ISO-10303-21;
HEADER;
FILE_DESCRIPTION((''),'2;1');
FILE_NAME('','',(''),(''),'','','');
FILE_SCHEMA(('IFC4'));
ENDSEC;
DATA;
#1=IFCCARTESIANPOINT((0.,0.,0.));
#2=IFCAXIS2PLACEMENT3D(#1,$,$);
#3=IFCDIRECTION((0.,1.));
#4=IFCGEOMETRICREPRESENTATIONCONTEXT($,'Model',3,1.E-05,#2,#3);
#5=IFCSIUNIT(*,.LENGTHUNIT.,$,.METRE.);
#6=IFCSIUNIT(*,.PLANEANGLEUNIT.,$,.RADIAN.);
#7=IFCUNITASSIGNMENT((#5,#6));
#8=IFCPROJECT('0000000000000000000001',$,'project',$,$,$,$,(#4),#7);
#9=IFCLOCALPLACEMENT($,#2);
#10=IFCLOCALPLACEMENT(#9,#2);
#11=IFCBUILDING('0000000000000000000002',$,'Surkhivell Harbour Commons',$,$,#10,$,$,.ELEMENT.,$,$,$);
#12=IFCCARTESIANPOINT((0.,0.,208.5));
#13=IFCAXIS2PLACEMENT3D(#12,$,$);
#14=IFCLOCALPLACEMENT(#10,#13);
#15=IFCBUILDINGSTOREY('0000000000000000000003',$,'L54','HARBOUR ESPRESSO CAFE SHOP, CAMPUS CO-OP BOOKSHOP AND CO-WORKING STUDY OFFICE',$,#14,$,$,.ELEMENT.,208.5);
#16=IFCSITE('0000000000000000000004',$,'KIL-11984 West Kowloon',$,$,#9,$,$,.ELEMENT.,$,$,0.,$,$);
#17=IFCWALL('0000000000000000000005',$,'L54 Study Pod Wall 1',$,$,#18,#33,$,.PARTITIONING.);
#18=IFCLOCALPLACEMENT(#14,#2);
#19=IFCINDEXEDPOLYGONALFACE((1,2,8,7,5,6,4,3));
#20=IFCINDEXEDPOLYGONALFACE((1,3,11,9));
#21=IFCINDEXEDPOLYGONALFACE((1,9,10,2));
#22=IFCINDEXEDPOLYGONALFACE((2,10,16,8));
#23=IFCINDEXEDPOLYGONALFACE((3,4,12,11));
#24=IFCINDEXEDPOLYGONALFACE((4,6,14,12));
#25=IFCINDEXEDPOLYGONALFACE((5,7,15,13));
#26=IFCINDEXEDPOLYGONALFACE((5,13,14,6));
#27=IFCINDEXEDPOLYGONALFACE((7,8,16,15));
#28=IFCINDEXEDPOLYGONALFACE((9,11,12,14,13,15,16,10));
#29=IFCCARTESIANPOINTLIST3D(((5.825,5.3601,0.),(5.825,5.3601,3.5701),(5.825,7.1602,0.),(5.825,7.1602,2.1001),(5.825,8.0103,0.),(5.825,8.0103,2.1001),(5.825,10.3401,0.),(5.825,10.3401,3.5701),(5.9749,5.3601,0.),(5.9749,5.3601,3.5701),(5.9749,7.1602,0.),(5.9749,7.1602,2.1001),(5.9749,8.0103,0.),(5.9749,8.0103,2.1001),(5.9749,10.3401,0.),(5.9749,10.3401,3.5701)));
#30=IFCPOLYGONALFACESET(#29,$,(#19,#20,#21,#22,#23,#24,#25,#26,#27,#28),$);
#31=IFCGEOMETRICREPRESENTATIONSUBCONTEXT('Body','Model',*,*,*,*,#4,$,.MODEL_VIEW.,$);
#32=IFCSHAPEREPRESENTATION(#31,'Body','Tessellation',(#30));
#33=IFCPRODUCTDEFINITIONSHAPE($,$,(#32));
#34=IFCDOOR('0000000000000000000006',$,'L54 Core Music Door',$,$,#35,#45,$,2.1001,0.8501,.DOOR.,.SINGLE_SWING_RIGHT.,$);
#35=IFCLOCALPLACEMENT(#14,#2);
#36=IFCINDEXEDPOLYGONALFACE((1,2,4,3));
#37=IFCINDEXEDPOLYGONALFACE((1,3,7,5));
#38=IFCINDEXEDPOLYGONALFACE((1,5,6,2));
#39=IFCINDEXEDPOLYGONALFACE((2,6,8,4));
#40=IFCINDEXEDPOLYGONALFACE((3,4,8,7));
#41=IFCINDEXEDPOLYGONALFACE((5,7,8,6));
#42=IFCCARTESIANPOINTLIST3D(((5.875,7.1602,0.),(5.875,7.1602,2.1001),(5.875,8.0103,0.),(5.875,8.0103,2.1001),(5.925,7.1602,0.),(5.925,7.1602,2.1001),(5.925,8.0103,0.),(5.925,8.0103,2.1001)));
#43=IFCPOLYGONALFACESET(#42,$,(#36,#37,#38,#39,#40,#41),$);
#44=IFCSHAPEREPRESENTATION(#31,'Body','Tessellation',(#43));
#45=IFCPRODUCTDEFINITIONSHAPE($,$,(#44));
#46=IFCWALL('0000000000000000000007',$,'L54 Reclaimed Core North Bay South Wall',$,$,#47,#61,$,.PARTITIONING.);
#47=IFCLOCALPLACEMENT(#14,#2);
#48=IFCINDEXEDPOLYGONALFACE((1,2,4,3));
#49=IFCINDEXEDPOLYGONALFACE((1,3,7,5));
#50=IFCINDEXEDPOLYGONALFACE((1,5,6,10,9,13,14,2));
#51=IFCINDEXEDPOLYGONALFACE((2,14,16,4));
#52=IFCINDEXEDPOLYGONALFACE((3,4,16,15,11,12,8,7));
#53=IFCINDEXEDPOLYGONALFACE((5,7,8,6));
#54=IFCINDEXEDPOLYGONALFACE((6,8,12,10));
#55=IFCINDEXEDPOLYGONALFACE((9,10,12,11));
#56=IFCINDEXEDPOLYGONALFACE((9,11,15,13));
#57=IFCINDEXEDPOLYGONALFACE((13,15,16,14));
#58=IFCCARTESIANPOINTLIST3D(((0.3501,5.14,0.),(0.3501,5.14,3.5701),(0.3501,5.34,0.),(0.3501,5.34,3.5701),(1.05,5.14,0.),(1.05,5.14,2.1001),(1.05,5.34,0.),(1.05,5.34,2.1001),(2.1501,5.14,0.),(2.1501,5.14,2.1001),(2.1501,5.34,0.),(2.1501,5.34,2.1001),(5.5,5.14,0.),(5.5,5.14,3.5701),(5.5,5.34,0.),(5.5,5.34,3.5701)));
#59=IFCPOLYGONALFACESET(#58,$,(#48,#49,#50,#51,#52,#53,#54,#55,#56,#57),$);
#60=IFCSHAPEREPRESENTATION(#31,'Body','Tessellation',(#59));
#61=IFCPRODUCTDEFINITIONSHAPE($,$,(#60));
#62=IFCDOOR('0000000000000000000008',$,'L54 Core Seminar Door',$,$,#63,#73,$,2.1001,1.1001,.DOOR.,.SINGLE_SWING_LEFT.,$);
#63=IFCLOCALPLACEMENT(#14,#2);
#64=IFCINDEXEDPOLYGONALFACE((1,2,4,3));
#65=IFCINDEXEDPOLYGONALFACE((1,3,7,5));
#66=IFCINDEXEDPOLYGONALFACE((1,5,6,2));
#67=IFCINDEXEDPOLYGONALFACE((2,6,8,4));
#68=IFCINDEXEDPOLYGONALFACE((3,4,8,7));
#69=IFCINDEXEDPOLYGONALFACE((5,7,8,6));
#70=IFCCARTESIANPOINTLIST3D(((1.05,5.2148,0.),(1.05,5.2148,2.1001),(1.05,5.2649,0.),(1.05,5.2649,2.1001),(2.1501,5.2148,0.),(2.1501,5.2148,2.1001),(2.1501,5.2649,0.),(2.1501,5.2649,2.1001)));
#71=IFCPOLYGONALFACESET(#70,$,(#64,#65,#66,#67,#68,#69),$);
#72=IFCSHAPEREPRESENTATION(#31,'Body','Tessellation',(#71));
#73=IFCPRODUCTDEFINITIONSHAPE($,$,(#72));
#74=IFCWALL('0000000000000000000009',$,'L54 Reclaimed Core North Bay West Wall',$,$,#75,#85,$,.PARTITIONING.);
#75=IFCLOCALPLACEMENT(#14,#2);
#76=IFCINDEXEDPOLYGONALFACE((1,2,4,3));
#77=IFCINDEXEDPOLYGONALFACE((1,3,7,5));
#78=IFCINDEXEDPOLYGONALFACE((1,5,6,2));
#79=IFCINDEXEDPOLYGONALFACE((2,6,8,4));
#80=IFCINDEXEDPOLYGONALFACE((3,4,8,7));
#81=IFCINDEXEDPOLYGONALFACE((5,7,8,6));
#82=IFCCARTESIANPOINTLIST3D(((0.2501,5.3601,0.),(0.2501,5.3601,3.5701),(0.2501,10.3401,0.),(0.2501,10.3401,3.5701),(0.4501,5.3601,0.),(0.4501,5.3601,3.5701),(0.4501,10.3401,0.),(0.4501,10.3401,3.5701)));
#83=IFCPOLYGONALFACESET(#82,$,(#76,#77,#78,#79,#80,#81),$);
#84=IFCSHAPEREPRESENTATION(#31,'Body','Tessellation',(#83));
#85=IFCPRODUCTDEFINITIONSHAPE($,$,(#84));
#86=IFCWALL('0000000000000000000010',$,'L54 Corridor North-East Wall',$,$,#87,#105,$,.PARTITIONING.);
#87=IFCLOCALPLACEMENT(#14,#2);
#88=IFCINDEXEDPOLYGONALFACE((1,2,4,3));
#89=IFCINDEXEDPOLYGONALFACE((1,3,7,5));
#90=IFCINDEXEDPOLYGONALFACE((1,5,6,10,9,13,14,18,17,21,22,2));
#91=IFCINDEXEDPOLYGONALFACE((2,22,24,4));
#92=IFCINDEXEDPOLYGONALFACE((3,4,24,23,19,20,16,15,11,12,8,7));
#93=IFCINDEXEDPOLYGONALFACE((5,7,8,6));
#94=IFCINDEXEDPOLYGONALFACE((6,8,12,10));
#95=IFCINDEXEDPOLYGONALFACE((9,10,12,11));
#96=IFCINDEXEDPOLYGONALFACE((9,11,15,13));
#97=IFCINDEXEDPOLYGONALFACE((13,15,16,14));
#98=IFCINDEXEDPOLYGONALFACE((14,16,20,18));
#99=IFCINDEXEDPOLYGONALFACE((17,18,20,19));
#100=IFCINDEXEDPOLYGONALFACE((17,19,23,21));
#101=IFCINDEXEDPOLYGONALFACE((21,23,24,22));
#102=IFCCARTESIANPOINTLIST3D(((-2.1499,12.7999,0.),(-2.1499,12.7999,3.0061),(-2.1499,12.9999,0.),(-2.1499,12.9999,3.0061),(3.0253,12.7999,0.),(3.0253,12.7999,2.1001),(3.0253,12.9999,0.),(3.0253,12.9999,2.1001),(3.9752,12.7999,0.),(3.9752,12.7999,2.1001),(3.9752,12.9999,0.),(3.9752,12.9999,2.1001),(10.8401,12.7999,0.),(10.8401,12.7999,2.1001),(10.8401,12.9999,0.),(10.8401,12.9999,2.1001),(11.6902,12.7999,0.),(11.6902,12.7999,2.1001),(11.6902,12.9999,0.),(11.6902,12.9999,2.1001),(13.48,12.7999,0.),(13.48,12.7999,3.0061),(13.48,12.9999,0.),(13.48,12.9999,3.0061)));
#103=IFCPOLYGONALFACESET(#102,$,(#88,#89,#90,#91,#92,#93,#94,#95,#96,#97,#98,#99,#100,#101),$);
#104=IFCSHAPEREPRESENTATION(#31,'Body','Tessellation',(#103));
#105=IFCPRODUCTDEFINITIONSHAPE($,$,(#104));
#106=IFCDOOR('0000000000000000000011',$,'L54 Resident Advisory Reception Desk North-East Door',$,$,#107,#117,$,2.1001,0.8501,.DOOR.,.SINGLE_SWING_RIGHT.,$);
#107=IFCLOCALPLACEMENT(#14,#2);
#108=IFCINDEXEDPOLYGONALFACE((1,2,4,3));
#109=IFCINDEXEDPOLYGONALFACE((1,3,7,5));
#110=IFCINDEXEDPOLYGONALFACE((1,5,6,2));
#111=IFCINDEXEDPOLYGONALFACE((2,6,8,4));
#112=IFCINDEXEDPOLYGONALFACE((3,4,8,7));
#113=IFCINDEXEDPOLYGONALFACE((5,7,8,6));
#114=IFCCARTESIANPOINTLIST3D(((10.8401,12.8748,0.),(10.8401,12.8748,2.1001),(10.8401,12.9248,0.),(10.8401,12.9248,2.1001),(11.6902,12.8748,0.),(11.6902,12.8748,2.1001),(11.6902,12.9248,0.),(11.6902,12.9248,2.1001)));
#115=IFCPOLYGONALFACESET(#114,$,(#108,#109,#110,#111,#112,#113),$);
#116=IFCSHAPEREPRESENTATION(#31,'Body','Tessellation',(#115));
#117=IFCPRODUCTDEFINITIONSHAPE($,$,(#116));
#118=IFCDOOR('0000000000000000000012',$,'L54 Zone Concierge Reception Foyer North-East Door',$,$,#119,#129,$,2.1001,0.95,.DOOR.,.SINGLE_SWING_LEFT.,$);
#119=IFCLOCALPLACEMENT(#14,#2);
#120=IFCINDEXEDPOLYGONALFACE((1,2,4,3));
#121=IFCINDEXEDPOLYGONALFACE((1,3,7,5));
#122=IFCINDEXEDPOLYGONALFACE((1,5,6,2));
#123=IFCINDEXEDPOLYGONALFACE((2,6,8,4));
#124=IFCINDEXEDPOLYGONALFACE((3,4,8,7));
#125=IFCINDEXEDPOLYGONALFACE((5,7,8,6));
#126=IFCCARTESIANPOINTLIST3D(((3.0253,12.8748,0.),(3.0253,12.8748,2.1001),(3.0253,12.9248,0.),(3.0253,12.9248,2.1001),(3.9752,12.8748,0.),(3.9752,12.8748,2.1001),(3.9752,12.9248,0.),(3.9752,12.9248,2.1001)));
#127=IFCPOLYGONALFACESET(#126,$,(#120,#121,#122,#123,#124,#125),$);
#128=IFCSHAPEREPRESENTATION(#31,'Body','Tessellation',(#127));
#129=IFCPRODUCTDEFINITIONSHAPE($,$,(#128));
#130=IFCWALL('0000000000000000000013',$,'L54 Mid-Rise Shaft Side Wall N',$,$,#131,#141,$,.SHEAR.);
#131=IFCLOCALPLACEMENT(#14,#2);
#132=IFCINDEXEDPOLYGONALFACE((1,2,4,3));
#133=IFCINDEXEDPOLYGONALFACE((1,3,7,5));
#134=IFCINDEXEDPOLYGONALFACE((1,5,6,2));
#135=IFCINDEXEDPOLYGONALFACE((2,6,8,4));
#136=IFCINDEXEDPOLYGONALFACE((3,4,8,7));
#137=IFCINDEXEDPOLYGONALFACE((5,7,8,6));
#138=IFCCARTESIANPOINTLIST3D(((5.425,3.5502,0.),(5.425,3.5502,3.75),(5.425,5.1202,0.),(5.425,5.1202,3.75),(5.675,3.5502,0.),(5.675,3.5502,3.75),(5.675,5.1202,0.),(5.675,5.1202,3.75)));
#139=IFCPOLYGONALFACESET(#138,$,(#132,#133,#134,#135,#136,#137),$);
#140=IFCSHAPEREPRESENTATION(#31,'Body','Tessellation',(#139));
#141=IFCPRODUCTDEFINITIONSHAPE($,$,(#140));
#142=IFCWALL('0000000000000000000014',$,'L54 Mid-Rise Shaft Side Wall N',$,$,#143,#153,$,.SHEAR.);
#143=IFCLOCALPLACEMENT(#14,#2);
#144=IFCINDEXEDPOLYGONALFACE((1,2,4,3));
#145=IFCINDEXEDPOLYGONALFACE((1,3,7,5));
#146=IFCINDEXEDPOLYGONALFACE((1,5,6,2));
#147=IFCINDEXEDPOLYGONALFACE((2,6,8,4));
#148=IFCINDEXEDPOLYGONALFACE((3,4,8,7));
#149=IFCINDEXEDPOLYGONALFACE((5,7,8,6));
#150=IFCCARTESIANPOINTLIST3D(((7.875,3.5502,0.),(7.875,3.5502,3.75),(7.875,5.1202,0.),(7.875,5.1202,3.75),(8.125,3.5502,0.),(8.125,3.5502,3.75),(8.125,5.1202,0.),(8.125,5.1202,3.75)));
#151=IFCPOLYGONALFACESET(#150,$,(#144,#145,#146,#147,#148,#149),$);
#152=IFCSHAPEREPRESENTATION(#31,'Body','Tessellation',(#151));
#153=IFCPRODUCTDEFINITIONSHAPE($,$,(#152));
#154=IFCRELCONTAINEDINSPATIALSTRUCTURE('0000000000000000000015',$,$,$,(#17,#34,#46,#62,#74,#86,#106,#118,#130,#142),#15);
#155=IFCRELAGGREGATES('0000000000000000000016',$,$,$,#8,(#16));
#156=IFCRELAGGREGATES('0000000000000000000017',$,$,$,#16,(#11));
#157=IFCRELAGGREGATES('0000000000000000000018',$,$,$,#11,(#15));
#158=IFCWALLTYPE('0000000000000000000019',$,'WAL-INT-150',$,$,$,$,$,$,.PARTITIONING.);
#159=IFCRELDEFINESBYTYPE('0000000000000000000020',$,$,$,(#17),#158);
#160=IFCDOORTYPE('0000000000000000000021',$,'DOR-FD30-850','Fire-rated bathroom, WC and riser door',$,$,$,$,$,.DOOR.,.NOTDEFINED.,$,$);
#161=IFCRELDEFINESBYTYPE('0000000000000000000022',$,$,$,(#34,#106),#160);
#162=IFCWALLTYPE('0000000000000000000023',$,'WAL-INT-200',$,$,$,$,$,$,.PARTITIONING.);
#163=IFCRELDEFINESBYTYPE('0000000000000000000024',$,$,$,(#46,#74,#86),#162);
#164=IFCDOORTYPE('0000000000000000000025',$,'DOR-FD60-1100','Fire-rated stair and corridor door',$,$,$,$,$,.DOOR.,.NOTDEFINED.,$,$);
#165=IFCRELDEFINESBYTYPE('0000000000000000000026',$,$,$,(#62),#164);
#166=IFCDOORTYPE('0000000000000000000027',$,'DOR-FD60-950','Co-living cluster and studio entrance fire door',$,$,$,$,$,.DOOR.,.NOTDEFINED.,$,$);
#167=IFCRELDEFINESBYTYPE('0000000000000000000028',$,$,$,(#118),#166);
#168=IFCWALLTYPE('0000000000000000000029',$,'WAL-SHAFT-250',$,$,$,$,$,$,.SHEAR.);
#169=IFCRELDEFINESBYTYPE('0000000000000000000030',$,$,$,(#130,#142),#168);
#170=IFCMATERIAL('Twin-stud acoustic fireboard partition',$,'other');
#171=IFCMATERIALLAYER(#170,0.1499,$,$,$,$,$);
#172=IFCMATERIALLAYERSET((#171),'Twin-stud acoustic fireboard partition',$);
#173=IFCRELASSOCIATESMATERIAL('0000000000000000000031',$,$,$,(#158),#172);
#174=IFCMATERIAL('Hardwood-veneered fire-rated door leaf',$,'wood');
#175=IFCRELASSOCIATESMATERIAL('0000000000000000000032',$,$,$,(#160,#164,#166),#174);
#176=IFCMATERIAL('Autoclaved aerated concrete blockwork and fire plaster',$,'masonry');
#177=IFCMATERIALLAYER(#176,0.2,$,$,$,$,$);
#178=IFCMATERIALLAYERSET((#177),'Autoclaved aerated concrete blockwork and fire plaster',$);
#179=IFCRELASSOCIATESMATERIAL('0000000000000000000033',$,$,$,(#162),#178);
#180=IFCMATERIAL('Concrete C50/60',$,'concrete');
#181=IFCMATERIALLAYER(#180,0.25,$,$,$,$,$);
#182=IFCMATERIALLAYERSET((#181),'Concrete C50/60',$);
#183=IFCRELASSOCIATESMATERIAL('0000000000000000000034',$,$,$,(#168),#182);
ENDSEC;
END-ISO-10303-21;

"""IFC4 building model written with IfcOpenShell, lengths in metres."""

from ifc_helpers import new_model, si_unit, direction, frame, frame_2d, origin, place, context, subcontext, project, spatial, rectangle, extrude, material, layer, layer_set, type_object, element, fill, save


model = new_model("IFC4")

# Units and contexts
model_context = context("Model", 3, precision=1e-05, world=origin(), true_north=direction((0.0, 1.0)))
body_context = subcontext(model_context, "Body", "Model", "MODEL_VIEW")
ifc_project = project(units=[si_unit("LENGTHUNIT", "METRE"), si_unit("PLANEANGLEUNIT", "RADIAN")], contexts=[model_context])

# Site, building, storey
site_placement = place(None, origin())
site = spatial("IfcSite", under=ifc_project, at=site_placement, Name="KIL-11984 West Kowloon", CompositionType="ELEMENT", RefElevation=0.0)
building_placement = place(site_placement, origin())
building = spatial("IfcBuilding", under=site, at=building_placement, Name="Surkhivell Harbour Commons", CompositionType="ELEMENT")
storey_placement = place(building_placement, frame((0.0, 0.0, 208.5)))
storey = spatial("IfcBuildingStorey", under=building, at=storey_placement, Name="L54", Description="HARBOUR ESPRESSO CAFE SHOP, CAMPUS CO-OP BOOKSHOP AND CO-WORKING STUDY OFFICE", CompositionType="ELEMENT", Elevation=208.5)

# Shared definitions
ifc_material_1 = material(Name="Twin-stud acoustic fireboard partition", Category="other")
ifc_layer_1 = layer(ifc_material_1, 0.1499)
ifc_layer_set_1 = layer_set([ifc_layer_1], Name="Twin-stud acoustic fireboard partition")
wall_type_1 = type_object("IfcWallType", Name="WAL-INT-150", PredefinedType="PARTITIONING", material=ifc_layer_set_1)
ifc_material_2 = material(Name="Hardwood-veneered fire-rated door leaf", Category="wood")
door_type_1 = type_object("IfcDoorType", Name="DOR-FD30-850", Description="Fire-rated bathroom, WC and riser door", OperationType="NOTDEFINED", PredefinedType="DOOR", material=ifc_material_2)

# Walls, openings, doors
wall_1_placement = place(storey_placement, frame((5.8999, 5.3601, 0.0), z_axis=(0.0, 0.0, 1.0), x_axis=(0.0, 1.0, 0.0)))
wall_1 = element("IfcWall", 1, at=wall_1_placement, inside=storey, type_object=wall_type_1, Name="L54 Study Pod Wall 1", PredefinedType="PARTITIONING", context=body_context, shape_type="SweptSolid", body=[
    extrude(rectangle(XDim=4.98, YDim=0.1499, at=frame_2d((2.49, 0.0))), origin(), (0.0, 0.0, 1.0), 3.5701),
])
opening_1_placement = place(wall_1_placement, frame((1.8, 0.0, 0.0)))
opening_1 = element("IfcOpeningElement", 2, at=opening_1_placement, cuts=wall_1, PredefinedType="OPENING", context=body_context, shape_type="SweptSolid", body=[
    extrude(rectangle(XDim=0.8501, YDim=2.1001, at=frame_2d((0.425, 1.05))), frame((0.0, 0.085, 0.0), z_axis=(0.0, -1.0, 0.0), x_axis=(1.0, 0.0, 0.0)), (0.0, 0.0, 1.0), 0.1699),
])
door_1_placement = place(opening_1_placement, origin())
door_1 = element("IfcDoor", 3, at=door_1_placement, inside=storey, type_object=door_type_1, Name="L54 Core Music Door", OperationType="SINGLE_SWING_RIGHT", OverallHeight=2.1001, OverallWidth=0.8501, PredefinedType="DOOR", context=body_context, shape_type="SweptSolid", body=[
    extrude(rectangle(XDim=0.8501, YDim=2.1001, at=frame_2d((0.425, 1.05))), frame((0.0, 0.0249, 0.0), z_axis=(0.0, -1.0, 0.0), x_axis=(1.0, 0.0, 0.0)), (0.0, 0.0, 1.0), 0.05),
])
fill(opening_1, door_1)
ifc_material_3 = material(Name="Autoclaved aerated concrete blockwork and fire plaster", Category="masonry")
ifc_layer_2 = layer(ifc_material_3, 0.2)
ifc_layer_set_2 = layer_set([ifc_layer_2], Name="Autoclaved aerated concrete blockwork and fire plaster")
wall_type_2 = type_object("IfcWallType", Name="WAL-INT-200", PredefinedType="PARTITIONING", material=ifc_layer_set_2)
wall_2_placement = place(storey_placement, frame((0.3501, 5.24, 0.0), z_axis=(0.0, 0.0, 1.0), x_axis=(1.0, 0.0, 0.0)))
wall_2 = element("IfcWall", 4, at=wall_2_placement, inside=storey, type_object=wall_type_2, Name="L54 Reclaimed Core North Bay South Wall", PredefinedType="PARTITIONING", context=body_context, shape_type="SweptSolid", body=[
    extrude(rectangle(XDim=5.1499, YDim=0.2, at=frame_2d((2.575, 0.0))), origin(), (0.0, 0.0, 1.0), 3.5701),
])
opening_2_placement = place(wall_2_placement, frame((0.7, 0.0, 0.0)))
opening_2 = element("IfcOpeningElement", 5, at=opening_2_placement, cuts=wall_2, PredefinedType="OPENING", context=body_context, shape_type="SweptSolid", body=[
    extrude(rectangle(XDim=1.1001, YDim=2.1001, at=frame_2d((0.55, 1.05))), frame((0.0, 0.1099, 0.0), z_axis=(0.0, -1.0, 0.0), x_axis=(1.0, 0.0, 0.0)), (0.0, 0.0, 1.0), 0.22),
])
door_type_2 = type_object("IfcDoorType", Name="DOR-FD60-1100", Description="Fire-rated stair and corridor door", OperationType="NOTDEFINED", PredefinedType="DOOR", material=ifc_material_2)
door_2_placement = place(opening_2_placement, origin())
door_2 = element("IfcDoor", 6, at=door_2_placement, inside=storey, type_object=door_type_2, Name="L54 Core Seminar Door", OperationType="SINGLE_SWING_LEFT", OverallHeight=2.1001, OverallWidth=1.1001, PredefinedType="DOOR", context=body_context, shape_type="SweptSolid", body=[
    extrude(rectangle(XDim=1.1001, YDim=2.1001, at=frame_2d((0.55, 1.05))), frame((0.0, 0.0249, 0.0), z_axis=(0.0, -1.0, 0.0), x_axis=(1.0, 0.0, 0.0)), (0.0, 0.0, 1.0), 0.05),
])
fill(opening_2, door_2)

# Wall
wall_3_placement = place(storey_placement, frame((0.3501, 5.3601, 0.0), z_axis=(0.0, 0.0, 1.0), x_axis=(0.0, 1.0, 0.0)))
element("IfcWall", 7, at=wall_3_placement, inside=storey, type_object=wall_type_2, Name="L54 Reclaimed Core North Bay West Wall", PredefinedType="PARTITIONING", context=body_context, shape_type="SweptSolid", body=[
    extrude(rectangle(XDim=4.98, YDim=0.2, at=frame_2d((2.49, 0.0))), origin(), (0.0, 0.0, 1.0), 3.5701),
])

# Wall, openings, doors
wall_4_placement = place(storey_placement, frame((-2.1499, 12.8999, 0.0), z_axis=(0.0, 0.0, 1.0), x_axis=(1.0, 0.0, 0.0)))
wall_4 = element("IfcWall", 8, at=wall_4_placement, inside=storey, type_object=wall_type_2, Name="L54 Corridor North-East Wall", PredefinedType="PARTITIONING", context=body_context, shape_type="SweptSolid", body=[
    extrude(rectangle(XDim=15.6299, YDim=0.2, at=frame_2d((7.8149, 0.0))), origin(), (0.0, 0.0, 1.0), 3.0061),
])
opening_3_placement = place(wall_4_placement, frame((5.175, 0.0, 0.0)))
opening_3 = element("IfcOpeningElement", 9, at=opening_3_placement, cuts=wall_4, PredefinedType="OPENING", context=body_context, shape_type="SweptSolid", body=[
    extrude(rectangle(XDim=0.95, YDim=2.1001, at=frame_2d((0.4751, 1.05))), frame((0.0, 0.1099, 0.0), z_axis=(0.0, -1.0, 0.0), x_axis=(1.0, 0.0, 0.0)), (0.0, 0.0, 1.0), 0.22),
])
opening_4_placement = place(wall_4_placement, frame((12.99, 0.0, 0.0)))
opening_4 = element("IfcOpeningElement", 10, at=opening_4_placement, cuts=wall_4, PredefinedType="OPENING", context=body_context, shape_type="SweptSolid", body=[
    extrude(rectangle(XDim=0.8501, YDim=2.1001, at=frame_2d((0.425, 1.05))), frame((0.0, 0.1099, 0.0), z_axis=(0.0, -1.0, 0.0), x_axis=(1.0, 0.0, 0.0)), (0.0, 0.0, 1.0), 0.22),
])
door_3_placement = place(opening_4_placement, origin())
door_3 = element("IfcDoor", 11, at=door_3_placement, inside=storey, type_object=door_type_1, Name="L54 Resident Advisory Reception Desk North-East Door", OperationType="SINGLE_SWING_RIGHT", OverallHeight=2.1001, OverallWidth=0.8501, PredefinedType="DOOR", context=body_context, shape_type="SweptSolid", body=[
    extrude(rectangle(XDim=0.8501, YDim=2.1001, at=frame_2d((0.425, 1.05))), frame((0.0, 0.0249, 0.0), z_axis=(0.0, -1.0, 0.0), x_axis=(1.0, 0.0, 0.0)), (0.0, 0.0, 1.0), 0.05),
])
fill(opening_4, door_3)
door_type_3 = type_object("IfcDoorType", Name="DOR-FD60-950", Description="Co-living cluster and studio entrance fire door", OperationType="NOTDEFINED", PredefinedType="DOOR", material=ifc_material_2)
door_4_placement = place(opening_3_placement, origin())
door_4 = element("IfcDoor", 12, at=door_4_placement, inside=storey, type_object=door_type_3, Name="L54 Zone Concierge Reception Foyer North-East Door", OperationType="SINGLE_SWING_LEFT", OverallHeight=2.1001, OverallWidth=0.95, PredefinedType="DOOR", context=body_context, shape_type="SweptSolid", body=[
    extrude(rectangle(XDim=0.95, YDim=2.1001, at=frame_2d((0.4751, 1.05))), frame((0.0, 0.0249, 0.0), z_axis=(0.0, -1.0, 0.0), x_axis=(1.0, 0.0, 0.0)), (0.0, 0.0, 1.0), 0.05),
])
fill(opening_3, door_4)

# Walls
ifc_material_4 = material(Name="Concrete C50/60", Category="concrete")
ifc_layer_3 = layer(ifc_material_4, 0.25)
ifc_layer_set_3 = layer_set([ifc_layer_3], Name="Concrete C50/60")
wall_type_3 = type_object("IfcWallType", Name="WAL-SHAFT-250", PredefinedType="SHEAR", material=ifc_layer_set_3)
for number, where, z_axis, x_axis, name in (
    (13, (5.55, 3.55, 0.0), (0.0, 0.0, 1.0), (0.0, 1.0, 0.0), "L54 Mid-Rise Shaft Side Wall N"),
    (14, (8.0, 3.55, 0.0), (0.0, 0.0, 1.0), (0.0, 1.0, 0.0), "L54 Mid-Rise Shaft Side Wall N"),
):
    element("IfcWall", number, at=place(storey_placement, frame(where, z_axis=z_axis, x_axis=x_axis)), inside=storey, type_object=wall_type_3, Name=name, PredefinedType="SHEAR", context=body_context, shape_type="SweptSolid", body=[
        extrude(rectangle(XDim=1.5701, YDim=0.25, at=frame_2d((0.7852, 0.0))), origin(), (0.0, 0.0, 1.0), 3.75),
    ])

save(model, "model.ifc")
